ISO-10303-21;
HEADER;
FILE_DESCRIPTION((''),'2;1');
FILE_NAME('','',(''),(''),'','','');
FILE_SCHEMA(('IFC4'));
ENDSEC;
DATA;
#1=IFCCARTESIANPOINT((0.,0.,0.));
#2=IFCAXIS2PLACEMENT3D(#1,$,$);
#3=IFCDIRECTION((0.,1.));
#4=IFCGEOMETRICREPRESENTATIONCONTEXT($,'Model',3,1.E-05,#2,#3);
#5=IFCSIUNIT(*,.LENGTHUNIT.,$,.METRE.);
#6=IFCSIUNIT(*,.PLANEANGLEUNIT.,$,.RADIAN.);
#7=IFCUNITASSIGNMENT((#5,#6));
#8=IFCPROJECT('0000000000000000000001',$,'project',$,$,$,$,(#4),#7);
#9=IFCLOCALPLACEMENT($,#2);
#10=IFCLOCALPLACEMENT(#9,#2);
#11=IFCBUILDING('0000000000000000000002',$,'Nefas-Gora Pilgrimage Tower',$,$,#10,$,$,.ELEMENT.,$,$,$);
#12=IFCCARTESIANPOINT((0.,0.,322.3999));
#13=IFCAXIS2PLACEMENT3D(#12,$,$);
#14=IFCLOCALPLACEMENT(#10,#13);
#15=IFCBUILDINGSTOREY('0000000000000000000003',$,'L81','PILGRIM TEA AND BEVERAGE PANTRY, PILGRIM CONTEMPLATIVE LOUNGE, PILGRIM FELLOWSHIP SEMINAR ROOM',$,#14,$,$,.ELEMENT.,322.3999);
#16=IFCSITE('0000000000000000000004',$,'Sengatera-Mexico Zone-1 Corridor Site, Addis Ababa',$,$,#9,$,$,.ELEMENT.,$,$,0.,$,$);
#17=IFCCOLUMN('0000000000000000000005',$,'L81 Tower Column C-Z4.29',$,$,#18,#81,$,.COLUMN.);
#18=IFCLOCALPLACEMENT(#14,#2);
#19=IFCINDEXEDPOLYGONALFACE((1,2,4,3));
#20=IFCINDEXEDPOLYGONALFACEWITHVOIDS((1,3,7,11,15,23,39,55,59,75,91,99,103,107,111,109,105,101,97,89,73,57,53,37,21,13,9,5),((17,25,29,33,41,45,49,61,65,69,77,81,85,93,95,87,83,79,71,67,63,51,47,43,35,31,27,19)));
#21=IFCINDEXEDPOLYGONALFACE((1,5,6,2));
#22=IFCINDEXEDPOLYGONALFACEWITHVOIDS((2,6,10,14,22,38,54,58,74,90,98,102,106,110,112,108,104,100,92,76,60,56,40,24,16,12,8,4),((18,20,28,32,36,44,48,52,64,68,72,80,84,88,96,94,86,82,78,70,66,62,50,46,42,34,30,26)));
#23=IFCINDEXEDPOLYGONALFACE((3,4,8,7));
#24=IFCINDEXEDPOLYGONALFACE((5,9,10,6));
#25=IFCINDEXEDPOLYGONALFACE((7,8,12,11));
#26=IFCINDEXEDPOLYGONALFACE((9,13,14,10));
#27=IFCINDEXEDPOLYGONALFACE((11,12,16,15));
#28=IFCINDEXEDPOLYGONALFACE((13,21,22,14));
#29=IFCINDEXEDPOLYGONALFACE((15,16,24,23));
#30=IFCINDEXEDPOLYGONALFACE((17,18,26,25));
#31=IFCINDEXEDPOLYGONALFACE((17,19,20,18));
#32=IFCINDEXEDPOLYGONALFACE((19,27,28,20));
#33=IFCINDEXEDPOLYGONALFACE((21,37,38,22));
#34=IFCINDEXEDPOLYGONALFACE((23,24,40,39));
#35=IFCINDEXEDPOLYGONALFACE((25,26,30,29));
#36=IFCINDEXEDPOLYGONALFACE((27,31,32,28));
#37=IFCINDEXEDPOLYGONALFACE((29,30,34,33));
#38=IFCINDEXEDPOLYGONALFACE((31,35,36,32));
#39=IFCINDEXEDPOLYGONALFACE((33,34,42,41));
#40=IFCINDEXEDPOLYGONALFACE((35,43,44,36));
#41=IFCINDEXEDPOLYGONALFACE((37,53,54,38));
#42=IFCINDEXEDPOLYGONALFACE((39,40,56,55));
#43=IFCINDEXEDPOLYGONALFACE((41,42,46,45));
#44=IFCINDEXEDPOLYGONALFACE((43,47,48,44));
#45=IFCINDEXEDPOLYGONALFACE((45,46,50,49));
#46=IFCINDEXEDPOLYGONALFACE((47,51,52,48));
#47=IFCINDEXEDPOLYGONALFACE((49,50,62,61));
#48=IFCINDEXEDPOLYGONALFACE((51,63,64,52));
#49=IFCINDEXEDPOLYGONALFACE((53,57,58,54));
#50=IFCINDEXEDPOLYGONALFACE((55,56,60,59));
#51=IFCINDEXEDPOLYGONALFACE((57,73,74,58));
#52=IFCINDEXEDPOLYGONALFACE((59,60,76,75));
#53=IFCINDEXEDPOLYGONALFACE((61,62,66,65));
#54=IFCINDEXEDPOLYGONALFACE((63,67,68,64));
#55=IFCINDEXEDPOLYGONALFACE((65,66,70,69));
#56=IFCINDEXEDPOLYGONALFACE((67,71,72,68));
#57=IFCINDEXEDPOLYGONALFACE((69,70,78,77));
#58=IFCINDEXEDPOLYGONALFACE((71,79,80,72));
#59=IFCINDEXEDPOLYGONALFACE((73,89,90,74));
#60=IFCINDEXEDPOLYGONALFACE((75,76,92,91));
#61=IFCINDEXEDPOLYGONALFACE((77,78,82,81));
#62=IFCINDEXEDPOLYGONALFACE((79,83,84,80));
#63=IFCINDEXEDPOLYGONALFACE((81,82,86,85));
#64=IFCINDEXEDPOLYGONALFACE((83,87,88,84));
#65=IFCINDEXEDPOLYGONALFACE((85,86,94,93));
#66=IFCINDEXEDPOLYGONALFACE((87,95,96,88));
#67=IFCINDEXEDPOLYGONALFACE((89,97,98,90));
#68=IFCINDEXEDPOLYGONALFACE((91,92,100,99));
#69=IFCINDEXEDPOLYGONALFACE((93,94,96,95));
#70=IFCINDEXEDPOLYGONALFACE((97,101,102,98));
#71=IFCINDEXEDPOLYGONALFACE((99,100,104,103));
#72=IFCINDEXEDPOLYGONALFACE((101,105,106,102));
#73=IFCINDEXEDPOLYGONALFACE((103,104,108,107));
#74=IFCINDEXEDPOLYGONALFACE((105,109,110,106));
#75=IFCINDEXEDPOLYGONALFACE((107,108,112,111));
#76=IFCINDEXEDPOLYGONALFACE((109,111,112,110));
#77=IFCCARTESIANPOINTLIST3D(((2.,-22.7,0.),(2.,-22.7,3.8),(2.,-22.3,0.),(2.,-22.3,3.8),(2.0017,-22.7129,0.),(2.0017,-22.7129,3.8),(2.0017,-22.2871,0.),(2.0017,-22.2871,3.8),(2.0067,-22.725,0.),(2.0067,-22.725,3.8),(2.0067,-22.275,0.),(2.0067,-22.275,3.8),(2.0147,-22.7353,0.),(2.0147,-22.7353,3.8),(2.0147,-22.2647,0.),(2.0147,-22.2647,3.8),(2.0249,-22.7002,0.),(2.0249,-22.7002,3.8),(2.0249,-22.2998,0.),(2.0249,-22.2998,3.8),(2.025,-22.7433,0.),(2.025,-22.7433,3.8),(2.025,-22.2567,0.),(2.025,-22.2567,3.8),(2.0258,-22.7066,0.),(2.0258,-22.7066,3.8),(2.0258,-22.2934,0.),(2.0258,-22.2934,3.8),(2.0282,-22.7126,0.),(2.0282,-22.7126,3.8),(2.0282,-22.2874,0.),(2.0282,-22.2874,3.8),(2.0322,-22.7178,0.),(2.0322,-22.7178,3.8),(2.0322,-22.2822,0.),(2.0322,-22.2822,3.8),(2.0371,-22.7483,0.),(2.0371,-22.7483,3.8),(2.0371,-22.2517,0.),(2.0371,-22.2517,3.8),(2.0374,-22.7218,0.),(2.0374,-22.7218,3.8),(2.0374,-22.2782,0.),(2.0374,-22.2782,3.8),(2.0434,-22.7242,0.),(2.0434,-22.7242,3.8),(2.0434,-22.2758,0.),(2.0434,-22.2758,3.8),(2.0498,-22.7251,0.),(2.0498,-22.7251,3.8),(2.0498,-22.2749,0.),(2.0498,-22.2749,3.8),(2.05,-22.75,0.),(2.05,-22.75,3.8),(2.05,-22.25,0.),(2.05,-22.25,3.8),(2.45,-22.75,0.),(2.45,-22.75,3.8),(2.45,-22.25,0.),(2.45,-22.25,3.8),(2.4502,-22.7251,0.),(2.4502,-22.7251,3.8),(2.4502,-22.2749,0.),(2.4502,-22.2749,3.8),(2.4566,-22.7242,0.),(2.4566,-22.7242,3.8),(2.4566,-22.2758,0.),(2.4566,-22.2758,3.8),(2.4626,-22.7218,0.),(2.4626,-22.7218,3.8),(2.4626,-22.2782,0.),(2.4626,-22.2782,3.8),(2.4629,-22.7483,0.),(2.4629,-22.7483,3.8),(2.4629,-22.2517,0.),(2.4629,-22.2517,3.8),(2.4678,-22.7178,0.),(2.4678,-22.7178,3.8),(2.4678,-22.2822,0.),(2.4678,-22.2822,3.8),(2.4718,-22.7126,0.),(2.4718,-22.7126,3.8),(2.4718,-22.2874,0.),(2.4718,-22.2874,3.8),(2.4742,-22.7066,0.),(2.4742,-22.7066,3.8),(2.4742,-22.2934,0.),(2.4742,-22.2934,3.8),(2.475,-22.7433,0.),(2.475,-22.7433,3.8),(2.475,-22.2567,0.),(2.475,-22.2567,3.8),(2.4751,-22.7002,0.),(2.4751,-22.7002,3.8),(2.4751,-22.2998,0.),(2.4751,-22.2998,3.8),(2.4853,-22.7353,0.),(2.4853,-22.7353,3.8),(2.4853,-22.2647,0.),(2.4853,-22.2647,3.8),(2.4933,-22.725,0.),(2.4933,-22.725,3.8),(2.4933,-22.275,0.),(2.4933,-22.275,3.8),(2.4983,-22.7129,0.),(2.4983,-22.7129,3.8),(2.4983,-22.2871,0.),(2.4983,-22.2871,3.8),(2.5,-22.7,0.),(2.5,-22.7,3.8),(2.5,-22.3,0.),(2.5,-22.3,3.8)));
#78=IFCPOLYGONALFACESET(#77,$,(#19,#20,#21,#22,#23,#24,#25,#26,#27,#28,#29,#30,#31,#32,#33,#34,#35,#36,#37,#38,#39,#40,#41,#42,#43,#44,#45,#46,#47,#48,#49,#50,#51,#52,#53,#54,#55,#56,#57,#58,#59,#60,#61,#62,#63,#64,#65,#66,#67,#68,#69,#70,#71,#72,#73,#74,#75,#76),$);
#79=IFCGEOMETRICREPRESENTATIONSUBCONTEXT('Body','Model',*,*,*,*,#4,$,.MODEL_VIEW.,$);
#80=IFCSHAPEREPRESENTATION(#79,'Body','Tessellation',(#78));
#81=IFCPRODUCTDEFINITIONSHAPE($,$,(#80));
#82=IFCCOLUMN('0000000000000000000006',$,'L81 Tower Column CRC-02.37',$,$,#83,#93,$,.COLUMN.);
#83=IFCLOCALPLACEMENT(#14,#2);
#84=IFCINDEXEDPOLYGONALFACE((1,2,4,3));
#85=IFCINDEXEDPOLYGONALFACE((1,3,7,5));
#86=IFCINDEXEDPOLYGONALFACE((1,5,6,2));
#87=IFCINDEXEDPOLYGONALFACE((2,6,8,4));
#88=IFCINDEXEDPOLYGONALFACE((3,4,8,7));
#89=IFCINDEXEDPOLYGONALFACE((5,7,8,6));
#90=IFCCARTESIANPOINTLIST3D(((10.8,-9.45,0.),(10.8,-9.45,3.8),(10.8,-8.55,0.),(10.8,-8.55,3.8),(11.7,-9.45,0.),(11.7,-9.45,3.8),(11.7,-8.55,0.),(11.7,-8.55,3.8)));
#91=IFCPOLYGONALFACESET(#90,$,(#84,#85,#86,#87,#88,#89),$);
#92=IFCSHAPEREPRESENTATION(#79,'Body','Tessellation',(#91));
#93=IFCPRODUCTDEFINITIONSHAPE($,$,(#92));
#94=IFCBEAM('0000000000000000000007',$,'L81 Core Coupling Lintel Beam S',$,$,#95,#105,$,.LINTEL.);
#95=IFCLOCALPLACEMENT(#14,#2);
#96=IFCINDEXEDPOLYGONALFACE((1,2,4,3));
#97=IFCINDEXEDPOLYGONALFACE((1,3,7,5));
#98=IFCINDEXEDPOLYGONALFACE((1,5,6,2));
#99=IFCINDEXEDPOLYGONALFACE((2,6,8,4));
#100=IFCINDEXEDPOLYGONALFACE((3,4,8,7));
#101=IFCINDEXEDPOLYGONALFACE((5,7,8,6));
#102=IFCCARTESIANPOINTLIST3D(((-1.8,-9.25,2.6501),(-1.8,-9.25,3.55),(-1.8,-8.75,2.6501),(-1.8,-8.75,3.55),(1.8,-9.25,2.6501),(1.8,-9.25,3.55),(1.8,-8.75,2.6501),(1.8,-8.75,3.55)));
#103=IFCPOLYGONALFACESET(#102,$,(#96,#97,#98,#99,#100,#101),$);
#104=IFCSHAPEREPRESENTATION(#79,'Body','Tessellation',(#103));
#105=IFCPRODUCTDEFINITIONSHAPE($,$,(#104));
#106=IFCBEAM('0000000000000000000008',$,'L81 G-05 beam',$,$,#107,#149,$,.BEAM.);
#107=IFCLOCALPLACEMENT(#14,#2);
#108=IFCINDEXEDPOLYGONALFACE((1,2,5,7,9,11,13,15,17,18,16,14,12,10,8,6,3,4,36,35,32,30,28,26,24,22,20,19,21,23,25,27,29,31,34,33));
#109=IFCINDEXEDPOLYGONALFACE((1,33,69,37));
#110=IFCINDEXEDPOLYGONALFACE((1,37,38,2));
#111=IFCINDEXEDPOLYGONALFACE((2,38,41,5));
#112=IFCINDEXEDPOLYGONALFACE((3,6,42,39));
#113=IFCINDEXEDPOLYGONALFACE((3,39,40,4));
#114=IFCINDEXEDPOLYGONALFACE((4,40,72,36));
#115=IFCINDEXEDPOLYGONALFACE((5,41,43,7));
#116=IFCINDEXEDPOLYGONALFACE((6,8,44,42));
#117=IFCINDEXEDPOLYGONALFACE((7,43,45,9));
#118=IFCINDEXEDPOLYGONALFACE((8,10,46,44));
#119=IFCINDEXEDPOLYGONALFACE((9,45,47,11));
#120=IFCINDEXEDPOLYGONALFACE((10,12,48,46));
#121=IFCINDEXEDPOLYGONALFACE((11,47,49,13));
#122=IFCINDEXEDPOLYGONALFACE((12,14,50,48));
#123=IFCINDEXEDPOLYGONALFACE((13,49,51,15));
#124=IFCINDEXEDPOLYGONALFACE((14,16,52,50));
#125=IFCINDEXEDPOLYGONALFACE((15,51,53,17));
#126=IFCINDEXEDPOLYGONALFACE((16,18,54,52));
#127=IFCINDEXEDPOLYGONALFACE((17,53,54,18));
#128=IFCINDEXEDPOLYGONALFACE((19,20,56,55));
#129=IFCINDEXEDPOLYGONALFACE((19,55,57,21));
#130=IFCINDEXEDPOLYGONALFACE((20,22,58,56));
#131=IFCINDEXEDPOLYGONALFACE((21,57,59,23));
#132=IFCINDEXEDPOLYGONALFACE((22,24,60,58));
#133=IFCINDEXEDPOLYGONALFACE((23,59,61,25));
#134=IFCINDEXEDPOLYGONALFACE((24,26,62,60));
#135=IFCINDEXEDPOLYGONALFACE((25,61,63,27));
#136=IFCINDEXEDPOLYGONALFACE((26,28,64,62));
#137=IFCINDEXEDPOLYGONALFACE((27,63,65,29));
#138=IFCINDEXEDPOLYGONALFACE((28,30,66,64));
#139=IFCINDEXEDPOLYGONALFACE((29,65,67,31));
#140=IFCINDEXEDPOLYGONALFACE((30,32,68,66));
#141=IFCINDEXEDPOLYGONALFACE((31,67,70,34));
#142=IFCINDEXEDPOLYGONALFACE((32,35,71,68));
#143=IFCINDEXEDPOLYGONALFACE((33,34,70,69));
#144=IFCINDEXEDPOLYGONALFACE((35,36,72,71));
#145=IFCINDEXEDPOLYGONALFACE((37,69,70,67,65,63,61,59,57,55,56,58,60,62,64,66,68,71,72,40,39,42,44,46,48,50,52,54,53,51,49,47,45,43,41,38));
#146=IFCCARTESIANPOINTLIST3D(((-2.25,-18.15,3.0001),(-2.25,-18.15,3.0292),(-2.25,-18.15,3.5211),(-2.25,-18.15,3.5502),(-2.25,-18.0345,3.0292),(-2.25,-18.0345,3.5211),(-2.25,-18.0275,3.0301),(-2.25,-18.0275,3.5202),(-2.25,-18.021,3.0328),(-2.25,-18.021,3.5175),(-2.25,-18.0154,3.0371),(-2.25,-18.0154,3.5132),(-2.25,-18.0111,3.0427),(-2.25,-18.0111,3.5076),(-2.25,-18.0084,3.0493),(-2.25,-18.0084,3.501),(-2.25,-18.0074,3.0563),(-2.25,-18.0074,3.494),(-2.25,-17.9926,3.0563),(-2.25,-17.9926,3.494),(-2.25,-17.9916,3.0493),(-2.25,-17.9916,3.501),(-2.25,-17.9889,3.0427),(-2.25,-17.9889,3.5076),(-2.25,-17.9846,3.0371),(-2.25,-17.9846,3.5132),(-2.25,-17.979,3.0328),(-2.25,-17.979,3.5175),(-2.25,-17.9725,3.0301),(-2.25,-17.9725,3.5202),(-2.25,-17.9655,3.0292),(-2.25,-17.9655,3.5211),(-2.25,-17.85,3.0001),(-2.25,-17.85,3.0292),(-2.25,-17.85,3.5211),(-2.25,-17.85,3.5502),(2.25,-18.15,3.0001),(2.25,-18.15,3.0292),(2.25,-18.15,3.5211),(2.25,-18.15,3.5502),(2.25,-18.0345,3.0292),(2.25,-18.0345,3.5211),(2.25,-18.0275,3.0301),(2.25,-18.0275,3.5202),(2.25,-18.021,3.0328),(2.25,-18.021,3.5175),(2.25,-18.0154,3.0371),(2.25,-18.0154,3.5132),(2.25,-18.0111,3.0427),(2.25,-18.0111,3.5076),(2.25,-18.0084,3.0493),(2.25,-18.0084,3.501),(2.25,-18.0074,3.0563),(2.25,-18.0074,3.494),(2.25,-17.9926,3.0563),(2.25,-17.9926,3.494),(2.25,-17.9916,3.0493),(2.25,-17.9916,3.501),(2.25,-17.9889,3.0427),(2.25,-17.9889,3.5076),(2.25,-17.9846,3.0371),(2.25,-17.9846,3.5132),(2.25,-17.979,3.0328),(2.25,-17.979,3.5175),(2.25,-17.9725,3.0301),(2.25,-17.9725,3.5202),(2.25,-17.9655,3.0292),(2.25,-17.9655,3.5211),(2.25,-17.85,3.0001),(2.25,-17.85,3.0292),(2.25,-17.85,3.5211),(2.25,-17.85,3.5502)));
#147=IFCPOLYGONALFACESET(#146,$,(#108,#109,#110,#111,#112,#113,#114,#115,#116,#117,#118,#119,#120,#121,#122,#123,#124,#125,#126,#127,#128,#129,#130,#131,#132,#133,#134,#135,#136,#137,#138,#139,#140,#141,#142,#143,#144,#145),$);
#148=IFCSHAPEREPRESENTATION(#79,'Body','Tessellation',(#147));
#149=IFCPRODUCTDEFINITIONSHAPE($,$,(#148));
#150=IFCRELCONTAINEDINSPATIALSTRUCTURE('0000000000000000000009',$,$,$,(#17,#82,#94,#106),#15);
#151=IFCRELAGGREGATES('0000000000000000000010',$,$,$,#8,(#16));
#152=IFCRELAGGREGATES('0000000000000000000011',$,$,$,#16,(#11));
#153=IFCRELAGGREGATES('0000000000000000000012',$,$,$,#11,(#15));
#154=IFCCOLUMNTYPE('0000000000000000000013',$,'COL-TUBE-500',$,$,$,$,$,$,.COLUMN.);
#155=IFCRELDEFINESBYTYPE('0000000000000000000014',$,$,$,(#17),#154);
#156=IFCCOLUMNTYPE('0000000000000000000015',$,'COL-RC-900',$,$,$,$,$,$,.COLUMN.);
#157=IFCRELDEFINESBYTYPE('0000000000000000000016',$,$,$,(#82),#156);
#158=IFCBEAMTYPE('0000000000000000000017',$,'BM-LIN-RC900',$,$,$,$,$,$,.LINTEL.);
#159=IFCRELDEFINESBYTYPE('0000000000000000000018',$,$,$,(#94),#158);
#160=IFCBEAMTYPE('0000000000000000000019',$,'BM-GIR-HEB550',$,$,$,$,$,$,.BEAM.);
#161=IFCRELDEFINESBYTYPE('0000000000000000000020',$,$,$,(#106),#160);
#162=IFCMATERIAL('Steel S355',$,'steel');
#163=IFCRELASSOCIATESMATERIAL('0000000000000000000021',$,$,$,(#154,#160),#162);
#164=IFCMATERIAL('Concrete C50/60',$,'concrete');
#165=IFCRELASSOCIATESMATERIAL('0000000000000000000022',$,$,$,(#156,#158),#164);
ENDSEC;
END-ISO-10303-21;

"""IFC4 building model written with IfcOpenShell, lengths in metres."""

from ifc_helpers import new_model, si_unit, direction, frame, origin, origin_2d, place, context, subcontext, project, spatial, rectangle, hollow_rectangle, i_section, extrude, source, transform, mapped, material, material_profile, profile_set, type_object, element, save


model = new_model("IFC4")

# Units and contexts
model_context = context("Model", 3, precision=1e-05, world=origin(), true_north=direction((0.0, 1.0)))
body_context = subcontext(model_context, "Body", "Model", "MODEL_VIEW")
ifc_project = project(units=[si_unit("LENGTHUNIT", "METRE"), si_unit("PLANEANGLEUNIT", "RADIAN")], contexts=[model_context])

# Site, building, storey
site_placement = place(None, origin())
site = spatial("IfcSite", under=ifc_project, at=site_placement, Name="Sengatera-Mexico Zone-1 Corridor Site, Addis Ababa", CompositionType="ELEMENT", RefElevation=0.0)
building_placement = place(site_placement, origin())
building = spatial("IfcBuilding", under=site, at=building_placement, Name="Nefas-Gora Pilgrimage Tower", CompositionType="ELEMENT")
storey_placement = place(building_placement, frame((0.0, 0.0, 322.3999)))
storey = spatial("IfcBuildingStorey", under=building, at=storey_placement, Name="L81", Description="PILGRIM TEA AND BEVERAGE PANTRY, PILGRIM CONTEMPLATIVE LOUNGE, PILGRIM FELLOWSHIP SEMINAR ROOM", CompositionType="ELEMENT", Elevation=322.3999)

# Columns
ifc_material_1 = material(Name="Steel S355", Category="steel")
ifc_material_profile_1 = material_profile(ifc_material_1, hollow_rectangle(XDim=0.5, YDim=0.5, WallThickness=0.0249, InnerFilletRadius=0.0249, OuterFilletRadius=0.05, at=origin_2d()), Name="SHS 500x500x25")
ifc_profile_set_1 = profile_set([ifc_material_profile_1], Name="Steel S355")
column_type_1 = type_object("IfcColumnType", Name="COL-TUBE-500", PredefinedType="COLUMN", material=ifc_profile_set_1)
shared_shape_1 = source(origin(), body_context, "Body", "SweptSolid", [
    extrude(hollow_rectangle(XDim=0.5, YDim=0.5, WallThickness=0.0249, InnerFilletRadius=0.0249, OuterFilletRadius=0.05, at=origin_2d()), origin(), (0.0, 0.0, 1.0), 3.8),
])
column_1_placement = place(storey_placement, frame((2.25, -22.5, 0.0), z_axis=(0.0, 0.0, 1.0), x_axis=(1.0, 0.0, 0.0)))
element("IfcColumn", 1, at=column_1_placement, inside=storey, type_object=column_type_1, Name="L81 Tower Column C-Z4.29", PredefinedType="COLUMN", context=body_context, shape_type="MappedRepresentation", body=[
    mapped(shared_shape_1, transform((0.0, 0.0, 0.0), x_axis=(1.0, 0.0, 0.0), y_axis=(0.0, 1.0, 0.0), z_axis=(0.0, 0.0, 1.0), scale=1.0)),
])
ifc_material_2 = material(Name="Concrete C50/60", Category="concrete")
ifc_material_profile_2 = material_profile(ifc_material_2, rectangle(XDim=0.8999, YDim=0.8999, at=origin_2d()), Name="RC 900x900")
ifc_profile_set_2 = profile_set([ifc_material_profile_2], Name="Concrete C50/60")
column_type_2 = type_object("IfcColumnType", Name="COL-RC-900", PredefinedType="COLUMN", material=ifc_profile_set_2)
shared_shape_2 = source(origin(), body_context, "Body", "SweptSolid", [
    extrude(rectangle(XDim=0.8999, YDim=0.8999, at=origin_2d()), origin(), (0.0, 0.0, 1.0), 3.8),
])
column_2_placement = place(storey_placement, frame((11.25, -9.0, 0.0), z_axis=(0.0, 0.0, 1.0), x_axis=(1.0, 0.0, 0.0)))
element("IfcColumn", 2, at=column_2_placement, inside=storey, type_object=column_type_2, Name="L81 Tower Column CRC-02.37", PredefinedType="COLUMN", context=body_context, shape_type="MappedRepresentation", body=[
    mapped(shared_shape_2, transform((0.0, 0.0, 0.0), x_axis=(1.0, 0.0, 0.0), y_axis=(0.0, 1.0, 0.0), z_axis=(0.0, 0.0, 1.0), scale=1.0)),
])

# Beams
ifc_material_profile_3 = material_profile(ifc_material_2, rectangle(XDim=0.5, YDim=0.8999, at=origin_2d()), Name="RC 500x900")
ifc_profile_set_3 = profile_set([ifc_material_profile_3], Name="Concrete C50/60")
beam_type_1 = type_object("IfcBeamType", Name="BM-LIN-RC900", PredefinedType="LINTEL", material=ifc_profile_set_3)
shared_shape_3 = source(origin(), body_context, "Body", "SweptSolid", [
    extrude(rectangle(XDim=0.5, YDim=0.8999, at=origin_2d()), origin(), (0.0, 0.0, 1.0), 3.6001),
])
beam_placement = place(storey_placement, frame((-1.8, -9.0, 3.1001), z_axis=(1.0, 0.0, 0.0), x_axis=(0.0, 1.0, 0.0)))
element("IfcBeam", 3, at=beam_placement, inside=storey, type_object=beam_type_1, Name="L81 Core Coupling Lintel Beam S", PredefinedType="LINTEL", context=body_context, shape_type="MappedRepresentation", body=[
    mapped(shared_shape_3, transform((0.0, 0.0, 0.0), x_axis=(1.0, 0.0, 0.0), y_axis=(0.0, 1.0, 0.0), z_axis=(0.0, 0.0, 1.0), scale=1.0)),
])
ifc_material_profile_4 = material_profile(ifc_material_1, i_section(OverallWidth=0.3, OverallDepth=0.55, WebThickness=0.0149, FlangeThickness=0.0291, FilletRadius=0.0271, at=origin_2d()), Name="HEB 550")
ifc_profile_set_4 = profile_set([ifc_material_profile_4], Name="Steel S355")
beam_type_2 = type_object("IfcBeamType", Name="BM-GIR-HEB550", PredefinedType="BEAM", material=ifc_profile_set_4)
shared_shape_4 = source(origin(), body_context, "Body", "SweptSolid", [
    extrude(i_section(OverallWidth=0.3, OverallDepth=0.55, WebThickness=0.0149, FlangeThickness=0.0291, FilletRadius=0.0271, at=origin_2d()), origin(), (0.0, 0.0, 1.0), 4.5),
])
for number, where, z_axis, x_axis, name in (
    (4, (-2.25, -18.0, 3.2751), (1.0, 0.0, 0.0), (0.0, 1.0, 0.0), "L81 G-05 beam"),
):
    element("IfcBeam", number, at=place(storey_placement, frame(where, z_axis=z_axis, x_axis=x_axis)), inside=storey, type_object=beam_type_2, Name=name, PredefinedType="BEAM", context=body_context, shape_type="MappedRepresentation", body=[
        mapped(shared_shape_4, transform((0.0, 0.0, 0.0), x_axis=(1.0, 0.0, 0.0), y_axis=(0.0, 1.0, 0.0), z_axis=(0.0, 0.0, 1.0), scale=1.0)),
    ])

save(model, "model.ifc")
